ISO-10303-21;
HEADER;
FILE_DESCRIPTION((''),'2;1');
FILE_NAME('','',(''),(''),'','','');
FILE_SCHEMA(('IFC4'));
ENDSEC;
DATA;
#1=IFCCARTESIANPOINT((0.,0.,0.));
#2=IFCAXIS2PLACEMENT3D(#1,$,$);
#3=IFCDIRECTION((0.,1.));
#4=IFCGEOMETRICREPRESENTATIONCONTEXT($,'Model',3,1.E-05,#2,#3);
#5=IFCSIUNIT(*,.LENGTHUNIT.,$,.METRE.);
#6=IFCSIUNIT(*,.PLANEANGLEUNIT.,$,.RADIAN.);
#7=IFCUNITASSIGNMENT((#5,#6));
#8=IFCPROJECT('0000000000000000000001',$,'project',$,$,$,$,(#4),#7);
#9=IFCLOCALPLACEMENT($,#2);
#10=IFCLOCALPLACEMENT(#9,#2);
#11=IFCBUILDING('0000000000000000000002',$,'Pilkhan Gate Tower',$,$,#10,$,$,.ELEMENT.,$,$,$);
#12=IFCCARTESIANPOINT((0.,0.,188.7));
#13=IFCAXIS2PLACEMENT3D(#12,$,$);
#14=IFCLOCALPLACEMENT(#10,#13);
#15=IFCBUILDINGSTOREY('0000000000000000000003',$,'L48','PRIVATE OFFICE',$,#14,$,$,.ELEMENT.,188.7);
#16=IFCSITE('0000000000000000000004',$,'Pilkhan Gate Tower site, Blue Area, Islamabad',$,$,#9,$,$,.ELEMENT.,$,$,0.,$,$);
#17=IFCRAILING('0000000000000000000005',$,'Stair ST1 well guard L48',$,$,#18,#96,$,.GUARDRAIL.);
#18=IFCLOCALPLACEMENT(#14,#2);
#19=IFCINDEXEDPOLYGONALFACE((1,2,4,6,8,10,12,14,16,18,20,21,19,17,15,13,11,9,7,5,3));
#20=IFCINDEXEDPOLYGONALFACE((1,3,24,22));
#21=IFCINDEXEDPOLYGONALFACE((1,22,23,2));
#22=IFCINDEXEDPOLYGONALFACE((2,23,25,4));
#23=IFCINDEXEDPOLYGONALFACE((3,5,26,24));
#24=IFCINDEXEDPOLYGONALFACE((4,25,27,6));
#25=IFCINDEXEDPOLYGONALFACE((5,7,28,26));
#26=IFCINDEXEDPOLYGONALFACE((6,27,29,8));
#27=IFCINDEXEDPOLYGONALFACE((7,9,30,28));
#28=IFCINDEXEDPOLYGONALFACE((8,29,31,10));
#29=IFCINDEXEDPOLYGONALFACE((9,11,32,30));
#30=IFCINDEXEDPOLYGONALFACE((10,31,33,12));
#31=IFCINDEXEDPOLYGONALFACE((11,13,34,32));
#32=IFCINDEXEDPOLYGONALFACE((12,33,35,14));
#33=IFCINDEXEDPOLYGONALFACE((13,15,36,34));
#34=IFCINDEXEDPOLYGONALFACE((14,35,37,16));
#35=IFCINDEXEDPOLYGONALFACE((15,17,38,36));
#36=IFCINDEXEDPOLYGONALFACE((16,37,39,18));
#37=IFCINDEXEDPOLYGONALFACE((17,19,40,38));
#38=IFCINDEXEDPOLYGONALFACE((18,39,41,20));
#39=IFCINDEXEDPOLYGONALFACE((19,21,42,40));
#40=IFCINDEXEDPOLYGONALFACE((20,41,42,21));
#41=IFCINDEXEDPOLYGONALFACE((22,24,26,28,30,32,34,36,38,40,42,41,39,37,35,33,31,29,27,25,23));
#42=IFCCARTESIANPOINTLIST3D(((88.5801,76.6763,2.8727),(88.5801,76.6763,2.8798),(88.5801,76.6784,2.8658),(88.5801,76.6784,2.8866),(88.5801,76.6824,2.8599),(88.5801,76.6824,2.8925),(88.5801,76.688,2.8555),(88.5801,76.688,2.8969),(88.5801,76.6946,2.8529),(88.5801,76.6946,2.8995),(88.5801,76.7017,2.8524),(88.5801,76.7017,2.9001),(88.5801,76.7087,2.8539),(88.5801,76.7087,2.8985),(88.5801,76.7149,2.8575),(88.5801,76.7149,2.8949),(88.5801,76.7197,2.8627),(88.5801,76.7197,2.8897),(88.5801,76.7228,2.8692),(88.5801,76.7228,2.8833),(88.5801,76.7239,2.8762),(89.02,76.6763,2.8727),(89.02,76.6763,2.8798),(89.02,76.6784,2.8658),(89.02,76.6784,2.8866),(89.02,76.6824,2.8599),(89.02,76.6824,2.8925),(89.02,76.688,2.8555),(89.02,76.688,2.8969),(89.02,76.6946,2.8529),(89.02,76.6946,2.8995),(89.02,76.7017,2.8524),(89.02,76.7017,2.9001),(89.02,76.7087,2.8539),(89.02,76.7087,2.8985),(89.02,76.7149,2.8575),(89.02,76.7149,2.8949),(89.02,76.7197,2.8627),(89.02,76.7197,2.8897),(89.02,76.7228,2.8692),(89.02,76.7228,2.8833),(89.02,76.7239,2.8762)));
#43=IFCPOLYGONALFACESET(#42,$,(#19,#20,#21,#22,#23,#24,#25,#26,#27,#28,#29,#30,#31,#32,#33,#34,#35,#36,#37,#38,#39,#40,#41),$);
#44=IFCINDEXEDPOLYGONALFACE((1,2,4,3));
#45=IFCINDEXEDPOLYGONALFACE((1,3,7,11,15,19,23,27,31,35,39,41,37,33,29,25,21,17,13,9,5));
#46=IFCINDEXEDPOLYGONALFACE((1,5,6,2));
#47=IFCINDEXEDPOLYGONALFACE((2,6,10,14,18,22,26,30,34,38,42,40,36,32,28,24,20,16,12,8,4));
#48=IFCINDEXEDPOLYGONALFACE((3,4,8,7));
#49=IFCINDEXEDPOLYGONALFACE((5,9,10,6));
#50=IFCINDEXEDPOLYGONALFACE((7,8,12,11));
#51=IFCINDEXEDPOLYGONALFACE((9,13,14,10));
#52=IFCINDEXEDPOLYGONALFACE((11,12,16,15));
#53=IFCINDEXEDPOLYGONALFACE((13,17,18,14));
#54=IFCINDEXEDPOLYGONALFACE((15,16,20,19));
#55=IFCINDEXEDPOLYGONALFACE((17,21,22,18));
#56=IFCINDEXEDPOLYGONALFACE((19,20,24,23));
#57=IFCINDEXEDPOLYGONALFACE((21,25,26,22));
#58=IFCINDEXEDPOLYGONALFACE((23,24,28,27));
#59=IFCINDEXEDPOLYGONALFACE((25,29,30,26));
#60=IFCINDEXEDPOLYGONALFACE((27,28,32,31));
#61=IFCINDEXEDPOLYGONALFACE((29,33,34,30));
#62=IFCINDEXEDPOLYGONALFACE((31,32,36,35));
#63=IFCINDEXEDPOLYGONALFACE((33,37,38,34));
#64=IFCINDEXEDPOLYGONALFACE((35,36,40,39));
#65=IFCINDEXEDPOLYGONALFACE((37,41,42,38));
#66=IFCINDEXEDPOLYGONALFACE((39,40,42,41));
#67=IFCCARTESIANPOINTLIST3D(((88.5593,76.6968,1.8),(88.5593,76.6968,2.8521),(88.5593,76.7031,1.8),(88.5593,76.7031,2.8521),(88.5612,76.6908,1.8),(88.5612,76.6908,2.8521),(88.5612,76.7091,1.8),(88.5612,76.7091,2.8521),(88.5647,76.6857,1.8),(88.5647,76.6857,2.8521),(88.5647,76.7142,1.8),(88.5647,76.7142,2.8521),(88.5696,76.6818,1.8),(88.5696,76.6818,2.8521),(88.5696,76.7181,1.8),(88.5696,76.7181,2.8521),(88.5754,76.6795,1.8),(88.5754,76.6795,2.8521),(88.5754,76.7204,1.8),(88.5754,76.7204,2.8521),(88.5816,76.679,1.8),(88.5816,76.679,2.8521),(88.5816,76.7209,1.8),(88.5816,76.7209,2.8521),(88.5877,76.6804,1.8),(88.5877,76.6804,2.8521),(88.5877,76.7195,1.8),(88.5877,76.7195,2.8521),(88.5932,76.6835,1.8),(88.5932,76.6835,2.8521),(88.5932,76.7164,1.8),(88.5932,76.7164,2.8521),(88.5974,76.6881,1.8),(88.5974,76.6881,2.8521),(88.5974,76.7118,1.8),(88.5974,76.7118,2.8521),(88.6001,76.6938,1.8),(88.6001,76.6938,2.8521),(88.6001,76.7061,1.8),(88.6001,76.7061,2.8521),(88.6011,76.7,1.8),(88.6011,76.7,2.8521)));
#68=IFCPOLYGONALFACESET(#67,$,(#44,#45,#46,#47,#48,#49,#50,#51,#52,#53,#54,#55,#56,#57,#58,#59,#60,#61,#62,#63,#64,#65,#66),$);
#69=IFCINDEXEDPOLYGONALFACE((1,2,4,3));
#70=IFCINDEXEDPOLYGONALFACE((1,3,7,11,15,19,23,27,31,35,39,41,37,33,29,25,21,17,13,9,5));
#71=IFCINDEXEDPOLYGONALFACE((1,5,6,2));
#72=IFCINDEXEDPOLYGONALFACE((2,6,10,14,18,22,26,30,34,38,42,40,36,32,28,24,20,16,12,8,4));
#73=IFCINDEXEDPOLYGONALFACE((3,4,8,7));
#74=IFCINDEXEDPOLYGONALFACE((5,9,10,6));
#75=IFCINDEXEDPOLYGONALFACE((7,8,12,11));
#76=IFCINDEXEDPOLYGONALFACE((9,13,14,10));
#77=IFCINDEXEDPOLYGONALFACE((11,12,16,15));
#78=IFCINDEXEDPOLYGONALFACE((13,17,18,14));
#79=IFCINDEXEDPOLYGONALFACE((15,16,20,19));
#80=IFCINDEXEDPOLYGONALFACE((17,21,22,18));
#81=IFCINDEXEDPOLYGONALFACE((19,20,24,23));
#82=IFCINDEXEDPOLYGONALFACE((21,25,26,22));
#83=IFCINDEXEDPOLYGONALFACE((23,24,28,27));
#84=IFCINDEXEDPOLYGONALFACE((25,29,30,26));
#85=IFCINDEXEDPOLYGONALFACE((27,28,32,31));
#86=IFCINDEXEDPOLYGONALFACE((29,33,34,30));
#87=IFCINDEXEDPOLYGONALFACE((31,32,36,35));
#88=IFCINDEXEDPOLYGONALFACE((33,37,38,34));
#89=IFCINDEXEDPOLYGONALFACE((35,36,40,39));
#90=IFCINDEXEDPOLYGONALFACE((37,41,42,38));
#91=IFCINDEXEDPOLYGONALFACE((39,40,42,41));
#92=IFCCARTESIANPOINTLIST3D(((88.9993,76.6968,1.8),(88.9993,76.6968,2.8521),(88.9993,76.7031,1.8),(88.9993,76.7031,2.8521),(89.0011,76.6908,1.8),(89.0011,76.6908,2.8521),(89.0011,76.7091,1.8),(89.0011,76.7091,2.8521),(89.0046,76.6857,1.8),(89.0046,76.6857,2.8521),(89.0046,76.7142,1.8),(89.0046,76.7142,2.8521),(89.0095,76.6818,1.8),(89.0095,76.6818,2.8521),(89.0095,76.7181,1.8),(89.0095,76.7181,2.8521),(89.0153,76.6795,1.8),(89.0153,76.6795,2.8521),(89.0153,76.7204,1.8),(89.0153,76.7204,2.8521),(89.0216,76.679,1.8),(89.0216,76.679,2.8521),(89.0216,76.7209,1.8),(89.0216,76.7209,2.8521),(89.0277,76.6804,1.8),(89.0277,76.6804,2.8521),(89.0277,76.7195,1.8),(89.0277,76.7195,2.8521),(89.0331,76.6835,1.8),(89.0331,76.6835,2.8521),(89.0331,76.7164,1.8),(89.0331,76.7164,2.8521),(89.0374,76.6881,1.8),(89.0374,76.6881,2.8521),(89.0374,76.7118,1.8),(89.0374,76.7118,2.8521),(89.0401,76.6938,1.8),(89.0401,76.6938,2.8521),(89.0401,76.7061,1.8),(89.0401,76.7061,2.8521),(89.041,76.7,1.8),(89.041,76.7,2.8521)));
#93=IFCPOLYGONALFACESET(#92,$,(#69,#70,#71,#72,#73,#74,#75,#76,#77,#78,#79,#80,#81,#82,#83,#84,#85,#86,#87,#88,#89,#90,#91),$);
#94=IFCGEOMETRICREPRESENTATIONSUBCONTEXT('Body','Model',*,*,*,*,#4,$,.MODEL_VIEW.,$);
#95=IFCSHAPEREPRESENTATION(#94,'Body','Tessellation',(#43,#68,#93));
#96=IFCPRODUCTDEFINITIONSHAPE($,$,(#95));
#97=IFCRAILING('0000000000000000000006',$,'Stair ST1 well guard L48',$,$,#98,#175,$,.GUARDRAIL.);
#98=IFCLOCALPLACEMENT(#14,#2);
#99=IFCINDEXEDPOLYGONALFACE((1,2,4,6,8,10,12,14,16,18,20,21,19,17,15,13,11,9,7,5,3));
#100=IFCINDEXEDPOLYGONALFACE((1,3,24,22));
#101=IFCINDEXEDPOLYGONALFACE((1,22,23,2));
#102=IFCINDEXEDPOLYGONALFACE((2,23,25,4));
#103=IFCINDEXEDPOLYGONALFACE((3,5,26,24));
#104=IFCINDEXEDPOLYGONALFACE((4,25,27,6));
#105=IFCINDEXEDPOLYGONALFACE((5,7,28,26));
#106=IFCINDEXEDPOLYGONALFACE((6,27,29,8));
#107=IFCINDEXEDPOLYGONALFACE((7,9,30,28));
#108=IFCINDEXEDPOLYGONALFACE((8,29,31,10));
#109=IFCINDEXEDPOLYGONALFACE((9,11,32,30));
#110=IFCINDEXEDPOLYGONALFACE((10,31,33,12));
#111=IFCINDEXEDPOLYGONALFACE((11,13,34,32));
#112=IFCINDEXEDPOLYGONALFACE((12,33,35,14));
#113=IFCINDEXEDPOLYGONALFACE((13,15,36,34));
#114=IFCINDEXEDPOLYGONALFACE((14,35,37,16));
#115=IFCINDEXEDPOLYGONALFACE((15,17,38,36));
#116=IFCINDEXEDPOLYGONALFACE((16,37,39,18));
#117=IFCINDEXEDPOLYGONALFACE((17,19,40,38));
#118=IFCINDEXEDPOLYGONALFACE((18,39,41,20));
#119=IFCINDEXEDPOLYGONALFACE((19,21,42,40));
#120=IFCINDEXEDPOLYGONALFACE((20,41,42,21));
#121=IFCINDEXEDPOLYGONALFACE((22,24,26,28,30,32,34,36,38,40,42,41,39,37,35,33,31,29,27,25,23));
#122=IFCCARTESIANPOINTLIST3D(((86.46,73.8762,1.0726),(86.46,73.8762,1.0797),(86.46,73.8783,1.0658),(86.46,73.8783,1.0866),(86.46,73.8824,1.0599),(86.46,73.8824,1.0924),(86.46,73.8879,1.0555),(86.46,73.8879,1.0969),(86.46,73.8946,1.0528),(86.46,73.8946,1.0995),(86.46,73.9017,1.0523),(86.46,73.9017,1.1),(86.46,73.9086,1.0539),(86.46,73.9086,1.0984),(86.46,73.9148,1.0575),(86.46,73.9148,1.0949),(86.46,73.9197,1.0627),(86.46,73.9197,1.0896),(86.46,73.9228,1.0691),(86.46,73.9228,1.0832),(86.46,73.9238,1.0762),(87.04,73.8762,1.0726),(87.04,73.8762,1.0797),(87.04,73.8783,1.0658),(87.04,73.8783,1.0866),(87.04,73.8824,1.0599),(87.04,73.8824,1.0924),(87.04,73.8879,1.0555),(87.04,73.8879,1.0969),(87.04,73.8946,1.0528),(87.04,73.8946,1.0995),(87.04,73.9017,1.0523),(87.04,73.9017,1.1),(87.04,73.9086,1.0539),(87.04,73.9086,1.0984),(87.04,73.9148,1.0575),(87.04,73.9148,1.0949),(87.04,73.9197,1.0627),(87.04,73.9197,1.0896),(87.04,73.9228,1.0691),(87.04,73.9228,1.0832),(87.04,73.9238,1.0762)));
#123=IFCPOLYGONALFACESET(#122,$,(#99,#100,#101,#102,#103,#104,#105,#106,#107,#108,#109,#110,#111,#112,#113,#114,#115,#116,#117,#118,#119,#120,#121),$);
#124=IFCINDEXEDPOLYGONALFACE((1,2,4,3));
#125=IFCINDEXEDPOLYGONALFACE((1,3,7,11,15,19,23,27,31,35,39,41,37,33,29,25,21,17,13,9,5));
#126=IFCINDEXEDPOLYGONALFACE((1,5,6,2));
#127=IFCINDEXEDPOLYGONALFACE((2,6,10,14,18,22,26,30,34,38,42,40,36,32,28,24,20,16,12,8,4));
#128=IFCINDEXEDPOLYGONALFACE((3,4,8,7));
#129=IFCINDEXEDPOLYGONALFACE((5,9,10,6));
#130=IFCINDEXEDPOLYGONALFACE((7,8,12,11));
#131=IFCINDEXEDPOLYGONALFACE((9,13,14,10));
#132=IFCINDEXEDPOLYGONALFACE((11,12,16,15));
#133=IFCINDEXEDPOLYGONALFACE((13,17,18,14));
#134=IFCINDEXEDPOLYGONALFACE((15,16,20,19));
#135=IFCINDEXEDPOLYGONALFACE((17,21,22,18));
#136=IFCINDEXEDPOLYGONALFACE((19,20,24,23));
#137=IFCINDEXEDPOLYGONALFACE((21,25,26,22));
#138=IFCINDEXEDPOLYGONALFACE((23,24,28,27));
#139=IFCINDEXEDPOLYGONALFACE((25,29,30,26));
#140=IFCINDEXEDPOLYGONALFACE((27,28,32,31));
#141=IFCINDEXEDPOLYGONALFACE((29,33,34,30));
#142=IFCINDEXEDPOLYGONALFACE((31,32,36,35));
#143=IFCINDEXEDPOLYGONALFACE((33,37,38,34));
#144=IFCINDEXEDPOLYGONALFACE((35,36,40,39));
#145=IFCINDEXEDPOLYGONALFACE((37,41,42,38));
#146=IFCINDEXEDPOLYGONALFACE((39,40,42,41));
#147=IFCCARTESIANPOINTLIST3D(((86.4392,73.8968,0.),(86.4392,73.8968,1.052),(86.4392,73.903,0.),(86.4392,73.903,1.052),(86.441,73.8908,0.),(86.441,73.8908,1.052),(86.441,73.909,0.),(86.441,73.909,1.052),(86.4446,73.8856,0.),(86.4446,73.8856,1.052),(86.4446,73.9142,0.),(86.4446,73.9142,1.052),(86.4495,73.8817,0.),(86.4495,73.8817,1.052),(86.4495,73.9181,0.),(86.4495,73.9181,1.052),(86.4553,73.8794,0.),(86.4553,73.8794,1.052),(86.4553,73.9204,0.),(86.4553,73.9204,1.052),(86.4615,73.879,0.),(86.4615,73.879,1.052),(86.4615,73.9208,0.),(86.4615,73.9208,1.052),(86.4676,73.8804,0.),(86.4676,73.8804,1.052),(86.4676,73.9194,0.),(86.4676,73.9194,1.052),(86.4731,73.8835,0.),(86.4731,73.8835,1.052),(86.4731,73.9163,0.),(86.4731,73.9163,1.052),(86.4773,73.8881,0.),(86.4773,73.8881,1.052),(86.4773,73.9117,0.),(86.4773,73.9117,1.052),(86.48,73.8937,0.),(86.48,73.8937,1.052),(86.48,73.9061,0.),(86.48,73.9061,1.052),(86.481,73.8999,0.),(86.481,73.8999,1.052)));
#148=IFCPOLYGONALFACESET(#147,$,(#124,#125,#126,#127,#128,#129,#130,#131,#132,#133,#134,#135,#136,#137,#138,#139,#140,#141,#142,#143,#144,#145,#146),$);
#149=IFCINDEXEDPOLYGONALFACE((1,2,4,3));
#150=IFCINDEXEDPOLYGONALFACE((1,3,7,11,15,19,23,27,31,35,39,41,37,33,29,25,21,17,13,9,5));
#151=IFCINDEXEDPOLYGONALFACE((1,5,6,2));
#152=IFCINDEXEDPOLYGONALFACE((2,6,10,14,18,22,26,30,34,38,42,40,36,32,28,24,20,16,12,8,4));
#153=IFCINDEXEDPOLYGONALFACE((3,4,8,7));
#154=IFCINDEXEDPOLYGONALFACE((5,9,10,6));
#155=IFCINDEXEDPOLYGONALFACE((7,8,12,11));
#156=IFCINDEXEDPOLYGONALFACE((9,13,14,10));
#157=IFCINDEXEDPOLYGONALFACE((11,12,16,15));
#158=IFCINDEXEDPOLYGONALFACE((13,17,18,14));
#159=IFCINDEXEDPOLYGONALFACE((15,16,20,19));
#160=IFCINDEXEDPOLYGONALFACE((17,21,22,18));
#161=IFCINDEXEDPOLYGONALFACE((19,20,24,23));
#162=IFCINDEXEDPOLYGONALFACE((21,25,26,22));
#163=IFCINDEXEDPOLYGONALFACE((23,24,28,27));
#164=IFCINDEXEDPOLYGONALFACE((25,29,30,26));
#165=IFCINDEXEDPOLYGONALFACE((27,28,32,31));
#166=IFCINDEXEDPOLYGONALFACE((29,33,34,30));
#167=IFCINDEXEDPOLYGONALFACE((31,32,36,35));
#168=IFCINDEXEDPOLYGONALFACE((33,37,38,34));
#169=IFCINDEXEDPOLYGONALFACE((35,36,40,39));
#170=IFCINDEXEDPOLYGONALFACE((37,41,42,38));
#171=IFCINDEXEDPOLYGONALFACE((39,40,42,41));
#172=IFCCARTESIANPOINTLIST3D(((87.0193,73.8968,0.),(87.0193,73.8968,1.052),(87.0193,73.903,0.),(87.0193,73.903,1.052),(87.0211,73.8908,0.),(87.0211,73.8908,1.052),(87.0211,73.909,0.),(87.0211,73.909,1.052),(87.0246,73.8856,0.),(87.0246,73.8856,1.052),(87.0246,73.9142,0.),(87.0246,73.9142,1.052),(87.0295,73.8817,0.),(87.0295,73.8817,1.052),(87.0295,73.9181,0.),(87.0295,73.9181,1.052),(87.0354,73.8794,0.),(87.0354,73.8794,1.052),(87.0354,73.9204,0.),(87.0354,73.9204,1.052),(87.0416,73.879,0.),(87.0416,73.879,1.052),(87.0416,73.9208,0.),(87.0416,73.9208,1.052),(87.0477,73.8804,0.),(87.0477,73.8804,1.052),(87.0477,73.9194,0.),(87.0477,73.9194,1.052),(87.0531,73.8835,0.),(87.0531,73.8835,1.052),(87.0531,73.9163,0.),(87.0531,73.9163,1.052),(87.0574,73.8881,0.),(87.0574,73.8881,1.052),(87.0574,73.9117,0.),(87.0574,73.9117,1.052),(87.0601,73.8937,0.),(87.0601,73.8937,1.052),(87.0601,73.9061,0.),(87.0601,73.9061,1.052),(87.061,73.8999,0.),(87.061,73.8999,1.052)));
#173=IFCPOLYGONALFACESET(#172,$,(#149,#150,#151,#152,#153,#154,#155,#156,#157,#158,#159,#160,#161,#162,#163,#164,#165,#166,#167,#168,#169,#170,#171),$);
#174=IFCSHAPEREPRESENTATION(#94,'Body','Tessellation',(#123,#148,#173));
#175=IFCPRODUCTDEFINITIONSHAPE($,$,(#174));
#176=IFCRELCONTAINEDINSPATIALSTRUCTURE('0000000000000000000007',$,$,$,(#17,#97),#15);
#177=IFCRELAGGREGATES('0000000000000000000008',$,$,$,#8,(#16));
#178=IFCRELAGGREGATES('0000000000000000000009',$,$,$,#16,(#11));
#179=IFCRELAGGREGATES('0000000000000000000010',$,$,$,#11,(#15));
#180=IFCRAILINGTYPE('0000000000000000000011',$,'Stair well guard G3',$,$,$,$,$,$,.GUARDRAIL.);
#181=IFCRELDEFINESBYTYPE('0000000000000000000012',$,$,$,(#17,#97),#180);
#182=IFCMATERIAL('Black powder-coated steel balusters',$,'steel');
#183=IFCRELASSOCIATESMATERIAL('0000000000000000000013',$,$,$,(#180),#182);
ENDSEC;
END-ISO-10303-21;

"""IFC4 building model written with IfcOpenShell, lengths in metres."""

from ifc_helpers import new_model, si_unit, direction, frame, origin, origin_2d, place, context, subcontext, project, spatial, circle, extrude, material, type_object, element, save


model = new_model("IFC4")

# Units and contexts
model_context = context("Model", 3, precision=1e-05, world=origin(), true_north=direction((0.0, 1.0)))
body_context = subcontext(model_context, "Body", "Model", "MODEL_VIEW")
ifc_project = project(units=[si_unit("LENGTHUNIT", "METRE"), si_unit("PLANEANGLEUNIT", "RADIAN")], contexts=[model_context])

# Site, building, storey
site_placement = place(None, origin())
site = spatial("IfcSite", under=ifc_project, at=site_placement, Name="Pilkhan Gate Tower site, Blue Area, Islamabad", CompositionType="ELEMENT", RefElevation=0.0)
building_placement = place(site_placement, origin())
building = spatial("IfcBuilding", under=site, at=building_placement, Name="Pilkhan Gate Tower", CompositionType="ELEMENT")
storey_placement = place(building_placement, frame((0.0, 0.0, 188.7)))
storey = spatial("IfcBuildingStorey", under=building, at=storey_placement, Name="L48", Description="PRIVATE OFFICE", CompositionType="ELEMENT", Elevation=188.7)

# Railings
ifc_material_1 = material(Name="Black powder-coated steel balusters", Category="steel")
railing_type_1 = type_object("IfcRailingType", Name="Stair well guard G3", PredefinedType="GUARDRAIL", material=ifc_material_1)
railing_1_placement = place(storey_placement, frame((88.5801, 76.7, 1.8)))
element("IfcRailing", 1, at=railing_1_placement, inside=storey, type_object=railing_type_1, Name="Stair ST1 well guard L48", PredefinedType="GUARDRAIL", context=body_context, shape_type="SweptSolid", body=[
    extrude(circle(Radius=0.0239, at=origin_2d()), frame((0.0, 0.0, 1.0762), z_axis=(1.0, 0.0, 0.0), x_axis=(0.0, 1.0, 0.0)), (0.0, 0.0, 1.0), 0.4399),
    extrude(circle(Radius=0.021, at=origin_2d()), origin(), (0.0, 0.0, 1.0), 1.052),
    extrude(circle(Radius=0.021, at=origin_2d()), frame((0.4399, 0.0, 0.0)), (0.0, 0.0, 1.0), 1.052),
])
for number, where, name in (
    (2, (86.46, 73.8999, 0.0), "Stair ST1 well guard L48"),
):
    element("IfcRailing", number, at=place(storey_placement, frame(where)), inside=storey, type_object=railing_type_1, Name=name, PredefinedType="GUARDRAIL", context=body_context, shape_type="SweptSolid", body=[
        extrude(circle(Radius=0.0239, at=origin_2d()), frame((0.0, 0.0, 1.0762), z_axis=(1.0, 0.0, 0.0), x_axis=(0.0, 1.0, 0.0)), (0.0, 0.0, 1.0), 0.5801),
        extrude(circle(Radius=0.021, at=origin_2d()), origin(), (0.0, 0.0, 1.0), 1.052),
        extrude(circle(Radius=0.021, at=origin_2d()), frame((0.5801, 0.0, 0.0)), (0.0, 0.0, 1.0), 1.052),
    ])

save(model, "model.ifc")
